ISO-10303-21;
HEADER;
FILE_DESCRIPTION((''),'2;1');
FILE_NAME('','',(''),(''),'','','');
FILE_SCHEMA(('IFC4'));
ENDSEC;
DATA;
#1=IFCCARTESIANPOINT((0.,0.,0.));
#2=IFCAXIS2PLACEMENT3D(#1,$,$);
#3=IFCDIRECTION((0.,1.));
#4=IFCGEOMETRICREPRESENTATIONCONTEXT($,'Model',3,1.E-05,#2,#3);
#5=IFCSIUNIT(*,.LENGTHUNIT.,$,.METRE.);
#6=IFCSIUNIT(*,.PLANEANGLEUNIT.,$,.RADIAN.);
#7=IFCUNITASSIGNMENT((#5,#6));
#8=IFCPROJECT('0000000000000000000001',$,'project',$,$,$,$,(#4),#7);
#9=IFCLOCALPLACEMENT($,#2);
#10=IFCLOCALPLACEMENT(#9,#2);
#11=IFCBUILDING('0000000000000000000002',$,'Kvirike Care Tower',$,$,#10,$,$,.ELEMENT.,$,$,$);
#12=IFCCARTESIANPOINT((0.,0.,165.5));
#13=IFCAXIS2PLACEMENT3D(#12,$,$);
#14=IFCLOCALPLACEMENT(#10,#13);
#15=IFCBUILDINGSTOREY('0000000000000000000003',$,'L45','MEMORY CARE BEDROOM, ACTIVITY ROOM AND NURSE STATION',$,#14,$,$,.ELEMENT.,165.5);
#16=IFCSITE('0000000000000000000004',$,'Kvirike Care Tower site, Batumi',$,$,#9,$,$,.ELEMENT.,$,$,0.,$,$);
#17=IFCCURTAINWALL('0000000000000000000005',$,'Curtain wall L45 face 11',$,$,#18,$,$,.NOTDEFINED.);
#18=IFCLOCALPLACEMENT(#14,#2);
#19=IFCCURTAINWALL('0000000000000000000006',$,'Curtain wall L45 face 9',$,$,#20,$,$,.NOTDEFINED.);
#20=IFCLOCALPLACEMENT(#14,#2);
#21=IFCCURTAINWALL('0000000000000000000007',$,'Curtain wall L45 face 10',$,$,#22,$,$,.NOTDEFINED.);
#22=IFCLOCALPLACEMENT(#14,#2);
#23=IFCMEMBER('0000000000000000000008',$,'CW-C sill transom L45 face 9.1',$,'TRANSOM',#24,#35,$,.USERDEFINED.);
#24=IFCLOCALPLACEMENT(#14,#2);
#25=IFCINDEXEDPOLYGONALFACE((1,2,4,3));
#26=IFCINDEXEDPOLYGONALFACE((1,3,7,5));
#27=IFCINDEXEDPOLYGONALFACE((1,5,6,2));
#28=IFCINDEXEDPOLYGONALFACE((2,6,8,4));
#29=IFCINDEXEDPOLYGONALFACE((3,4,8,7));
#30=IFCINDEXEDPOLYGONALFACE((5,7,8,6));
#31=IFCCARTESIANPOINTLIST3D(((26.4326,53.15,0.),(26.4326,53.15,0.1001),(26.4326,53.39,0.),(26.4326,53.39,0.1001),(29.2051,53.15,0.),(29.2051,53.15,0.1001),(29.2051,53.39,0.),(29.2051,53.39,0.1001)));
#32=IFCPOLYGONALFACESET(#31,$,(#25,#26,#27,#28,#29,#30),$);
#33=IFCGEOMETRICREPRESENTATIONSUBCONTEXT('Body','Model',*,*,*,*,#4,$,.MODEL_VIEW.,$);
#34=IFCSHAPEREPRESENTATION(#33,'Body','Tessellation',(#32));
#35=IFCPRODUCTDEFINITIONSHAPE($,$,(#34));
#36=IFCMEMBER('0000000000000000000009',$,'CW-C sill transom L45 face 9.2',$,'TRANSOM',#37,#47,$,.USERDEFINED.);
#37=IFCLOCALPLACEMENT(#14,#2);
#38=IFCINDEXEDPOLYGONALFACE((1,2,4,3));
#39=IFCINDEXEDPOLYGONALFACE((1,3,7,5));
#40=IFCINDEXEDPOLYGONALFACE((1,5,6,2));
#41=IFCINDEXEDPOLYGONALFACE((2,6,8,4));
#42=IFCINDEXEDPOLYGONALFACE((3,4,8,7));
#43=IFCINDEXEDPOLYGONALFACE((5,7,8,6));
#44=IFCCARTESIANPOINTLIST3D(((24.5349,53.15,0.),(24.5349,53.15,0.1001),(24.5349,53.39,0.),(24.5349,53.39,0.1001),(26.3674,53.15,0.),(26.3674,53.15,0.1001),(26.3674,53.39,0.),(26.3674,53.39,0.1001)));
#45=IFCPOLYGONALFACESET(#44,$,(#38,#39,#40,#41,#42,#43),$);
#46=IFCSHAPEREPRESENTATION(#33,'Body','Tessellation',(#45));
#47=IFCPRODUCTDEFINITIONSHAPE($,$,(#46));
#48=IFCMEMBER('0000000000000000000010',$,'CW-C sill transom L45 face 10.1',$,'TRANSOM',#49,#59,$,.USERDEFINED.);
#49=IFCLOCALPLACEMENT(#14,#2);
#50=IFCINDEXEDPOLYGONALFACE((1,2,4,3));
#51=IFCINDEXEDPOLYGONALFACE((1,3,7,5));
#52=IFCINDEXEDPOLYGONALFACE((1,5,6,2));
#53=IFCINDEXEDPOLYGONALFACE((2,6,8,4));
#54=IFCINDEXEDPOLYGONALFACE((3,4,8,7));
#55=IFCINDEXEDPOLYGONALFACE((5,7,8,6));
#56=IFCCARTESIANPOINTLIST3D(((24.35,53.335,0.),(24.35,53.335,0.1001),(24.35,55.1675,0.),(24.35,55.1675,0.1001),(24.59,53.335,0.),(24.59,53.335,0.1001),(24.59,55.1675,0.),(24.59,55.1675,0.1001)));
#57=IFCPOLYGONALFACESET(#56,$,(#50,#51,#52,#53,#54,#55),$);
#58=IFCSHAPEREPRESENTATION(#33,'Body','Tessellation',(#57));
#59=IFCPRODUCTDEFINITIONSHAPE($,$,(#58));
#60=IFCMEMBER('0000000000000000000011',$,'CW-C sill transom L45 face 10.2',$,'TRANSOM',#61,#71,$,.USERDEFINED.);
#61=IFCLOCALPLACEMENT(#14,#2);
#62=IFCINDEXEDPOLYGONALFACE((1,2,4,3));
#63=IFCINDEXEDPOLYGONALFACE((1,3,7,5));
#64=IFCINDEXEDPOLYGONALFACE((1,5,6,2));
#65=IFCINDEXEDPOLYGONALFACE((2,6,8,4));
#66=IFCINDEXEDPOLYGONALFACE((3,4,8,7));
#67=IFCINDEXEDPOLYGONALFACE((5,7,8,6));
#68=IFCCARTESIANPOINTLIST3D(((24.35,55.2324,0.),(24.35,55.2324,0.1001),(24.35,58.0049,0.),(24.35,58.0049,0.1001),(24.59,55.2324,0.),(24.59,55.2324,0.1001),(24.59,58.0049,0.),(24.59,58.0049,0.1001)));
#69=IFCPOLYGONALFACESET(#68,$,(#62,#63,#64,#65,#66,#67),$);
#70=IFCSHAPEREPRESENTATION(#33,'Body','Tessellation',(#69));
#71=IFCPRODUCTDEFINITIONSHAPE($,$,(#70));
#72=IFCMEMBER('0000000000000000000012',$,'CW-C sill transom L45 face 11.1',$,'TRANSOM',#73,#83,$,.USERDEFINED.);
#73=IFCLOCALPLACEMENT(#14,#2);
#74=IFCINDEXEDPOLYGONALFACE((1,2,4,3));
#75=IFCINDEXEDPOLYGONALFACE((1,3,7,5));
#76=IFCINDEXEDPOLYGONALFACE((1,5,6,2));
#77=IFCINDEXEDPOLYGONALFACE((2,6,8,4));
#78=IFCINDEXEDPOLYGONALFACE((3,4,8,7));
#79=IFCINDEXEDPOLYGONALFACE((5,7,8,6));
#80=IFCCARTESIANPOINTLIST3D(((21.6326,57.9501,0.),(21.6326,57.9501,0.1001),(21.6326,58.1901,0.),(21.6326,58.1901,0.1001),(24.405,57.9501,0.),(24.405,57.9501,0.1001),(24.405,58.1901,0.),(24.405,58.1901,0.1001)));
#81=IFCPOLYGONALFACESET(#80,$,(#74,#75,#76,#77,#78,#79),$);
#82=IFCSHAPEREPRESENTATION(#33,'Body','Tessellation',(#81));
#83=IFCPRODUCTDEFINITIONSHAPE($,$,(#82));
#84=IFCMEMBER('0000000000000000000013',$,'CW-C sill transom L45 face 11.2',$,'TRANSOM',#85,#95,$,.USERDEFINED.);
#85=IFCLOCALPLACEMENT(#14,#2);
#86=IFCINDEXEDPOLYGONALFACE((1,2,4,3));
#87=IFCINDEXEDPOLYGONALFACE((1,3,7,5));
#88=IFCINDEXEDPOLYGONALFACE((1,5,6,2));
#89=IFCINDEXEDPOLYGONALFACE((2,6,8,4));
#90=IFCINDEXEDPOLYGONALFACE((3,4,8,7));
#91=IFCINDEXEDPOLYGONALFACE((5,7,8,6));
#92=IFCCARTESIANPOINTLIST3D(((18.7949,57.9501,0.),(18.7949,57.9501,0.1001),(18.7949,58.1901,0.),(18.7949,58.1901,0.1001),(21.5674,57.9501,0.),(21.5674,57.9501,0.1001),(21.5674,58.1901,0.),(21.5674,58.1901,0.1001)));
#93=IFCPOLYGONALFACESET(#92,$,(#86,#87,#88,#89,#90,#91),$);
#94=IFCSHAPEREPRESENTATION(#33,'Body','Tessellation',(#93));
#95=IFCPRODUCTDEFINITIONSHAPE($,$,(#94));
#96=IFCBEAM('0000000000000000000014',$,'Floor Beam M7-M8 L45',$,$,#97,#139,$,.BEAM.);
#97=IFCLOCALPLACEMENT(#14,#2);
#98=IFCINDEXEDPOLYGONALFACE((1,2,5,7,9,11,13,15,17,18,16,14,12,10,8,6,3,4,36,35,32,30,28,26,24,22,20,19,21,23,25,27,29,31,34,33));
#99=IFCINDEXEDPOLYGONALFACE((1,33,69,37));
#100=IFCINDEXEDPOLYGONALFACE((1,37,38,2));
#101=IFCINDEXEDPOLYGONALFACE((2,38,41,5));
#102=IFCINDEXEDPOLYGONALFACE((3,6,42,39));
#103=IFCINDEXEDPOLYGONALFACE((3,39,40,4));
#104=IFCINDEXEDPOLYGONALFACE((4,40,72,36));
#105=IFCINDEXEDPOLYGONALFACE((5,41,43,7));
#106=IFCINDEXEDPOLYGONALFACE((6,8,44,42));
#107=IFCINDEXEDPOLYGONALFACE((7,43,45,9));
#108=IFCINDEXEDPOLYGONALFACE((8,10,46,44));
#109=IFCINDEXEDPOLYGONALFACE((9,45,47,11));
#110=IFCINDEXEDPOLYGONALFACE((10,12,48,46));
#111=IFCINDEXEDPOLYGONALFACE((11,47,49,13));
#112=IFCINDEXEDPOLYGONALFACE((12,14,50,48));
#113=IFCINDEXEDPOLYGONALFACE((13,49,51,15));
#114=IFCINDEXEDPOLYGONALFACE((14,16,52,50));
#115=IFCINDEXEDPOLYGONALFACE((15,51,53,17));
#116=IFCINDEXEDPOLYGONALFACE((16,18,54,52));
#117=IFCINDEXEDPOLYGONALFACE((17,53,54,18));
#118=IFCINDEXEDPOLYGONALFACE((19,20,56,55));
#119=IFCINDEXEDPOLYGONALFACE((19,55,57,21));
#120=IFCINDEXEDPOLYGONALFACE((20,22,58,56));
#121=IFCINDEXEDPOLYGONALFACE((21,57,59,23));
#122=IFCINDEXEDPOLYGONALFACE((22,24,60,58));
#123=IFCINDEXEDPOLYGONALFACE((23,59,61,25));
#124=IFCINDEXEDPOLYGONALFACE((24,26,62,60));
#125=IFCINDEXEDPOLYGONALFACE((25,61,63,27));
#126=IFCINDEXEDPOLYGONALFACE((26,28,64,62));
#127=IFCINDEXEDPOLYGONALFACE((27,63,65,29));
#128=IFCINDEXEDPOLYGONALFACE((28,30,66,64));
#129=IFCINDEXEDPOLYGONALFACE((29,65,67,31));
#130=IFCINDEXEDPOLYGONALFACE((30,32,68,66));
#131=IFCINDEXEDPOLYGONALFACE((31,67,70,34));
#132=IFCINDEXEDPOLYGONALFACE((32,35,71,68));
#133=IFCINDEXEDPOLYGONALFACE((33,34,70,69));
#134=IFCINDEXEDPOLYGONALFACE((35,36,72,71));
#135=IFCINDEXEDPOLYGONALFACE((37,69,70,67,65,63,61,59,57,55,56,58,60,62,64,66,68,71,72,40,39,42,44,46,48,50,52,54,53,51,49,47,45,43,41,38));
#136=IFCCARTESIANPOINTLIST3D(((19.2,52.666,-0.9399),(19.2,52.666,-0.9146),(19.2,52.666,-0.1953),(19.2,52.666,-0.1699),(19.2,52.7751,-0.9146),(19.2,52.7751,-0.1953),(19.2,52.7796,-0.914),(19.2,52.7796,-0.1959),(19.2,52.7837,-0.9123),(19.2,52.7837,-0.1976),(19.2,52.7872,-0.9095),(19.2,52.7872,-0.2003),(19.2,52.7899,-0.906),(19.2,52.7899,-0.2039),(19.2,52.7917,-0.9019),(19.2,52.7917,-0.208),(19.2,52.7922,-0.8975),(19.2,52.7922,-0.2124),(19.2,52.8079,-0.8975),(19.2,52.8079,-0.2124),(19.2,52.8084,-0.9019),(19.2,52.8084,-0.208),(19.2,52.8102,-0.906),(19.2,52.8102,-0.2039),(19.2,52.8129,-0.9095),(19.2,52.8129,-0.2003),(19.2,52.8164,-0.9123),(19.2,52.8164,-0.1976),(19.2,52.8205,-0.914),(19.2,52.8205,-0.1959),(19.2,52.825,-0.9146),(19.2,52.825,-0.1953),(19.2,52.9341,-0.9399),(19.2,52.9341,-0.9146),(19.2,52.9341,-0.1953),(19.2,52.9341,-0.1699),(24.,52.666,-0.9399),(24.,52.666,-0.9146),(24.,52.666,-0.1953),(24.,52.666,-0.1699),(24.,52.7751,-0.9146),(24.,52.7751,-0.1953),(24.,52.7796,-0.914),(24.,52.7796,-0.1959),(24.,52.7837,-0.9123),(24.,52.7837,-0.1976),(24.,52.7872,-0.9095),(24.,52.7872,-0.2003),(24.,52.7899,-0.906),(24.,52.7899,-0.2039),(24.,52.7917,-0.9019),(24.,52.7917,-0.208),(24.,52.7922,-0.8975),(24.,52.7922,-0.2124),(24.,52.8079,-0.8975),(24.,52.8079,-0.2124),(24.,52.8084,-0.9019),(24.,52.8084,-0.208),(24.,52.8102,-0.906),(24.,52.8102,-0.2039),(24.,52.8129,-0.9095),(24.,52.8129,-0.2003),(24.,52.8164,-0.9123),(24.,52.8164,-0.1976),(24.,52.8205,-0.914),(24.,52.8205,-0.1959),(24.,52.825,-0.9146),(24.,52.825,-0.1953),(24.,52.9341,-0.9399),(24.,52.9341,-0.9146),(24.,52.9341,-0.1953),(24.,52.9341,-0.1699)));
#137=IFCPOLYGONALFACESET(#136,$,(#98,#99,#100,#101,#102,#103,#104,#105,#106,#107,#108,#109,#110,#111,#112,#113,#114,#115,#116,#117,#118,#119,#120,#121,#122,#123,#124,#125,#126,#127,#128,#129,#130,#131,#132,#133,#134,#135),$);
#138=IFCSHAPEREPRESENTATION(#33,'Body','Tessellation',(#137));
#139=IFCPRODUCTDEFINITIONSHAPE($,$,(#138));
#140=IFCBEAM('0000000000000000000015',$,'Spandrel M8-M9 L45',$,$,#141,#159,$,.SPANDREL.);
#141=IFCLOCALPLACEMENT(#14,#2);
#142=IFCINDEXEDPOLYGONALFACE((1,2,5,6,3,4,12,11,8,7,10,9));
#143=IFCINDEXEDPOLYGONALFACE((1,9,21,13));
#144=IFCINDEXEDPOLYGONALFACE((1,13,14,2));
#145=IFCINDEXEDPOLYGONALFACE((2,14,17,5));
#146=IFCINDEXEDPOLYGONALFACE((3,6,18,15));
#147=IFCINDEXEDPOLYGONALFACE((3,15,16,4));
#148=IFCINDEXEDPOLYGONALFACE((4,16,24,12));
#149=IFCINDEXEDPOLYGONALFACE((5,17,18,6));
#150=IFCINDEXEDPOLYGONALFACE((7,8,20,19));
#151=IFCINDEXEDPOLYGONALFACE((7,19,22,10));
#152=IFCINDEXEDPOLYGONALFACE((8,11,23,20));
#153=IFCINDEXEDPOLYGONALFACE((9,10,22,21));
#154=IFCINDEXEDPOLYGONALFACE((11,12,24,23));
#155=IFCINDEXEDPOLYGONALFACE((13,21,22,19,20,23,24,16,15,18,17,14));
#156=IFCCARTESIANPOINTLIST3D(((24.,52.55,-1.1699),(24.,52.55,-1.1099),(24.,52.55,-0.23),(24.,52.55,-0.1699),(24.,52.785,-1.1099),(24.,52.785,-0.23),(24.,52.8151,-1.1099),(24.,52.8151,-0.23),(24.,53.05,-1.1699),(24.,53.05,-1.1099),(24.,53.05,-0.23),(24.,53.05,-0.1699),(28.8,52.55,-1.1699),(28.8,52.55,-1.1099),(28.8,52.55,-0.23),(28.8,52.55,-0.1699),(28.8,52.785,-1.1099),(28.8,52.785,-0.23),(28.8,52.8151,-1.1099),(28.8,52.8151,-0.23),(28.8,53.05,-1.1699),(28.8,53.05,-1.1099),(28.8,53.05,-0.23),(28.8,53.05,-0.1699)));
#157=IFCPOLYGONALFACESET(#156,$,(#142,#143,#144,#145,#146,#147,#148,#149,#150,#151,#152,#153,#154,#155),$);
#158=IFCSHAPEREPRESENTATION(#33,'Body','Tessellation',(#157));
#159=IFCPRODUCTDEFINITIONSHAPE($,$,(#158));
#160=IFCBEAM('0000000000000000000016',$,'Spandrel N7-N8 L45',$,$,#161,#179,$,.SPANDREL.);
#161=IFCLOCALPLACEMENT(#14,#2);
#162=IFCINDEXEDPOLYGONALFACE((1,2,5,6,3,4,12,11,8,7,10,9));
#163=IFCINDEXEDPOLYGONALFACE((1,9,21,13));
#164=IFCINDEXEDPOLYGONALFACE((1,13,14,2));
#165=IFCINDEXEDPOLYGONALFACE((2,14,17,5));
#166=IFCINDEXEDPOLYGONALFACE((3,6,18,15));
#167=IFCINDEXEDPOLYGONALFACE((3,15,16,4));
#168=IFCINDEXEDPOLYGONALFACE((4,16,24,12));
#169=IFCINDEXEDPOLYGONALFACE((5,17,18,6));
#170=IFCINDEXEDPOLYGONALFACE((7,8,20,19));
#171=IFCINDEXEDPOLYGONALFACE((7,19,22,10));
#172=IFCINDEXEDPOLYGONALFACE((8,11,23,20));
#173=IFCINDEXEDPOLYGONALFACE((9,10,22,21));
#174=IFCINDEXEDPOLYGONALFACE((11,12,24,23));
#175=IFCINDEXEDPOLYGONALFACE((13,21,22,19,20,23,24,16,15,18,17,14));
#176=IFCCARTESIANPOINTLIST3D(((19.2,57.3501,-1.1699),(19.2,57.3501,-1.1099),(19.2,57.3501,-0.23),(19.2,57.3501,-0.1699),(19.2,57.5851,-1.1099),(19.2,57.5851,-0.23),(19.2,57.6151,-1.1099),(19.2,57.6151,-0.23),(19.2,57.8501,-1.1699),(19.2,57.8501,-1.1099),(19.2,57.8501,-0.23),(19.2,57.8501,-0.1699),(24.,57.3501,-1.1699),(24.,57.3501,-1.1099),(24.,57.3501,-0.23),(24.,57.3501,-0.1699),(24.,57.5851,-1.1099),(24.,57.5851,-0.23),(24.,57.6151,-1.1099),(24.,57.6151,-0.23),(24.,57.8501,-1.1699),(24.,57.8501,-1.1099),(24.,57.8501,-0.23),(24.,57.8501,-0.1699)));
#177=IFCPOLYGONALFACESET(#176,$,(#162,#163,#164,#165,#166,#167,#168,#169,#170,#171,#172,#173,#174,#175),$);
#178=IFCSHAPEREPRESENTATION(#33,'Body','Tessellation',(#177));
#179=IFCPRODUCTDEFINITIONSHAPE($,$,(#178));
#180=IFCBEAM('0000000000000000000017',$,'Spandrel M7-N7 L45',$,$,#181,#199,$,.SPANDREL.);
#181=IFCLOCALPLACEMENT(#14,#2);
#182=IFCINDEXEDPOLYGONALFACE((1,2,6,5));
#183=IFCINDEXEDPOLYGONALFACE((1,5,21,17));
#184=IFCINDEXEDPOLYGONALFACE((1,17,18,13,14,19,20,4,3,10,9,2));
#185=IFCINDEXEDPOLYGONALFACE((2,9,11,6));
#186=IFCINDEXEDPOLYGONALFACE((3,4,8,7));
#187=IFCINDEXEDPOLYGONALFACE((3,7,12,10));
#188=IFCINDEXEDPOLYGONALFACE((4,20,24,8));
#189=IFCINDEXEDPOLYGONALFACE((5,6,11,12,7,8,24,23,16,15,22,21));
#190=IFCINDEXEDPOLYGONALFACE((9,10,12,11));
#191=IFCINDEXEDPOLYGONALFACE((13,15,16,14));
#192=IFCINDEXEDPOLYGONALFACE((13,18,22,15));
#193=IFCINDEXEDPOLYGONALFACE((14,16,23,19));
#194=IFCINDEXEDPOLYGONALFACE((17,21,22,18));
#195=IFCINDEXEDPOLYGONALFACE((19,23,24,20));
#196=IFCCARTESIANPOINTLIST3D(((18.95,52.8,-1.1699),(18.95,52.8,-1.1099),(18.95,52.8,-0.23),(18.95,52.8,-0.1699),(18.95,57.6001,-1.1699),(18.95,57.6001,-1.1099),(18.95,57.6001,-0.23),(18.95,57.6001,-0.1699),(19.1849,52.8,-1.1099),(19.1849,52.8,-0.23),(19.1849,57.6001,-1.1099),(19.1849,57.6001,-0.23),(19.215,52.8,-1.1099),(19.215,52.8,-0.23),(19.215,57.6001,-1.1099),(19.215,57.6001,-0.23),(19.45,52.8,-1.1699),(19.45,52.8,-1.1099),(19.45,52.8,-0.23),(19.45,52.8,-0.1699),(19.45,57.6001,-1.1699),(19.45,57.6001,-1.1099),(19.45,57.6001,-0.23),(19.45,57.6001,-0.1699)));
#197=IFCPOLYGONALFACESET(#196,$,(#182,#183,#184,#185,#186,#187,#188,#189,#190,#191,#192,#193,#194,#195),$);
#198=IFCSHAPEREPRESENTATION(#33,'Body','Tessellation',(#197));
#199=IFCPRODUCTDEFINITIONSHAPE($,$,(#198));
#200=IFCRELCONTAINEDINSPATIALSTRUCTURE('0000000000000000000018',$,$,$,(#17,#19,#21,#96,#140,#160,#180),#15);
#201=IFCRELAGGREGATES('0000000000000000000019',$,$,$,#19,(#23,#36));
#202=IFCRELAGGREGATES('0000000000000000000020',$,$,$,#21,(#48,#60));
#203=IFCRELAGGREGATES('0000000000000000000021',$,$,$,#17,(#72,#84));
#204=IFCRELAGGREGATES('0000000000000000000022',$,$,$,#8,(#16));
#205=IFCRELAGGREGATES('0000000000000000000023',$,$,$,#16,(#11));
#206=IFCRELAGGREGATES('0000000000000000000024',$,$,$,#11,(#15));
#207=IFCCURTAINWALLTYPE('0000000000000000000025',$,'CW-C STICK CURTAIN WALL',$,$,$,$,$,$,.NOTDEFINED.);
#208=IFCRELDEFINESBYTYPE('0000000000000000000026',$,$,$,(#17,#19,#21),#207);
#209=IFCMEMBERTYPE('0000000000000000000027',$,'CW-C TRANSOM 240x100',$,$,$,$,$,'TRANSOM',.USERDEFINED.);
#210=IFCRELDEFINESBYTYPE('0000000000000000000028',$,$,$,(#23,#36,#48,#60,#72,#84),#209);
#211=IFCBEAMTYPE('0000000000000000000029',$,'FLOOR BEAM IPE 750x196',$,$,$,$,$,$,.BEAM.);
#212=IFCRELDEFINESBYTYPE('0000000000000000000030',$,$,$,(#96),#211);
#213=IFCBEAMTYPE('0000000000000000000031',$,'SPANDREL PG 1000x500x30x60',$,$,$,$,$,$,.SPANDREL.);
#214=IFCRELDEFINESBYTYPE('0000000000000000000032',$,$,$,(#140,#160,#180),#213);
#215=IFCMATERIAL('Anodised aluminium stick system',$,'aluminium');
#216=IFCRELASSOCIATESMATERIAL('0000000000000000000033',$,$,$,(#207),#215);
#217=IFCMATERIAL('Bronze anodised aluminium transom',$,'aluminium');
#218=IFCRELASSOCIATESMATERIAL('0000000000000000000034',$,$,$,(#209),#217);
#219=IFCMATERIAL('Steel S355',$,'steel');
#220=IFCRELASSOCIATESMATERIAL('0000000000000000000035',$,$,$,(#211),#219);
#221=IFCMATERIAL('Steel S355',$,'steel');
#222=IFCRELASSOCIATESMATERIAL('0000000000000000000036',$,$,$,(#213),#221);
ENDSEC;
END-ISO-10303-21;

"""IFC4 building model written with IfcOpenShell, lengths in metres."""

from ifc_helpers import new_model, si_unit, direction, frame, origin, origin_2d, place, context, subcontext, project, spatial, rectangle, i_section, extrude, material, material_profile, profile_set, type_object, element, aggregate, save


model = new_model("IFC4")

# Units and contexts
model_context = context("Model", 3, precision=1e-05, world=origin(), true_north=direction((0.0, 1.0)))
body_context = subcontext(model_context, "Body", "Model", "MODEL_VIEW")
ifc_project = project(units=[si_unit("LENGTHUNIT", "METRE"), si_unit("PLANEANGLEUNIT", "RADIAN")], contexts=[model_context])

# Site, building, storey
site_placement = place(None, origin())
site = spatial("IfcSite", under=ifc_project, at=site_placement, Name="Kvirike Care Tower site, Batumi", CompositionType="ELEMENT", RefElevation=0.0)
building_placement = place(site_placement, origin())
building = spatial("IfcBuilding", under=site, at=building_placement, Name="Kvirike Care Tower", CompositionType="ELEMENT")
storey_placement = place(building_placement, frame((0.0, 0.0, 165.5)))
storey = spatial("IfcBuildingStorey", under=building, at=storey_placement, Name="L45", Description="MEMORY CARE BEDROOM, ACTIVITY ROOM AND NURSE STATION", CompositionType="ELEMENT", Elevation=165.5)

# Curtain wall
ifc_material_1 = material(Name="Anodised aluminium stick system", Category="aluminium")
curtain_wall_type = type_object("IfcCurtainWallType", Name="CW-C STICK CURTAIN WALL", PredefinedType="NOTDEFINED", material=ifc_material_1)
curtain_wall_1_placement = place(storey_placement, origin())
curtain_wall_1 = element("IfcCurtainWall", 1, at=curtain_wall_1_placement, inside=storey, type_object=curtain_wall_type, Name="Curtain wall L45 face 11", PredefinedType="NOTDEFINED")

# Curtain walls
curtain_wall_2_placement = place(storey_placement, origin())
curtain_wall_2 = element("IfcCurtainWall", 2, at=curtain_wall_2_placement, inside=storey, type_object=curtain_wall_type, Name="Curtain wall L45 face 9", PredefinedType="NOTDEFINED")
curtain_wall_3_placement = place(storey_placement, origin())
curtain_wall_3 = element("IfcCurtainWall", 3, at=curtain_wall_3_placement, inside=storey, type_object=curtain_wall_type, Name="Curtain wall L45 face 10", PredefinedType="NOTDEFINED")

# Members
ifc_material_2 = material(Name="Bronze anodised aluminium transom", Category="aluminium")
ifc_material_profile_1 = material_profile(ifc_material_2, rectangle(XDim=0.24, YDim=0.1001, at=origin_2d()), Name="CW-C TRANSOM 240x100")
ifc_profile_set_1 = profile_set([ifc_material_profile_1], Name="Bronze anodised aluminium transom")
member_type_1 = type_object("IfcMemberType", Name="CW-C TRANSOM 240x100", ElementType="TRANSOM", PredefinedType="USERDEFINED", material=ifc_profile_set_1)
member_1_placement = place(storey_placement, frame((29.2051, 53.27, 0.05), z_axis=(-1.0, 0.0, 0.0), x_axis=(0.0, -1.0, 0.0)))
member_1 = element("IfcMember", 4, at=member_1_placement, type_object=member_type_1, Name="CW-C sill transom L45 face 9.1", ObjectType="TRANSOM", PredefinedType="USERDEFINED", context=body_context, shape_type="SweptSolid", body=[
    extrude(rectangle(XDim=0.24, YDim=0.1001, at=origin_2d()), origin(), (0.0, 0.0, 1.0), 2.7725),
])
member_2_placement = place(storey_placement, frame((26.3674, 53.27, 0.05), z_axis=(-1.0, 0.0, 0.0), x_axis=(0.0, -1.0, 0.0)))
member_2 = element("IfcMember", 5, at=member_2_placement, type_object=member_type_1, Name="CW-C sill transom L45 face 9.2", ObjectType="TRANSOM", PredefinedType="USERDEFINED", context=body_context, shape_type="SweptSolid", body=[
    extrude(rectangle(XDim=0.24, YDim=0.1001, at=origin_2d()), origin(), (0.0, 0.0, 1.0), 1.8325),
])
member_3_placement = place(storey_placement, frame((24.47, 53.335, 0.05), z_axis=(0.0, 1.0, 0.0), x_axis=(-1.0, 0.0, 0.0)))
member_3 = element("IfcMember", 6, at=member_3_placement, type_object=member_type_1, Name="CW-C sill transom L45 face 10.1", ObjectType="TRANSOM", PredefinedType="USERDEFINED", context=body_context, shape_type="SweptSolid", body=[
    extrude(rectangle(XDim=0.24, YDim=0.1001, at=origin_2d()), origin(), (0.0, 0.0, 1.0), 1.8325),
])
member_4_placement = place(storey_placement, frame((24.47, 55.2324, 0.05), z_axis=(0.0, 1.0, 0.0), x_axis=(-1.0, 0.0, 0.0)))
member_4 = element("IfcMember", 7, at=member_4_placement, type_object=member_type_1, Name="CW-C sill transom L45 face 10.2", ObjectType="TRANSOM", PredefinedType="USERDEFINED", context=body_context, shape_type="SweptSolid", body=[
    extrude(rectangle(XDim=0.24, YDim=0.1001, at=origin_2d()), origin(), (0.0, 0.0, 1.0), 2.7725),
])
member_5_placement = place(storey_placement, frame((24.405, 58.0701, 0.05), z_axis=(-1.0, 0.0, 0.0), x_axis=(0.0, -1.0, 0.0)))
member_5 = element("IfcMember", 8, at=member_5_placement, type_object=member_type_1, Name="CW-C sill transom L45 face 11.1", ObjectType="TRANSOM", PredefinedType="USERDEFINED", context=body_context, shape_type="SweptSolid", body=[
    extrude(rectangle(XDim=0.24, YDim=0.1001, at=origin_2d()), origin(), (0.0, 0.0, 1.0), 2.7725),
])
member_6_placement = place(storey_placement, frame((21.5674, 58.0701, 0.05), z_axis=(-1.0, 0.0, 0.0), x_axis=(0.0, -1.0, 0.0)))
member_6 = element("IfcMember", 9, at=member_6_placement, type_object=member_type_1, Name="CW-C sill transom L45 face 11.2", ObjectType="TRANSOM", PredefinedType="USERDEFINED", context=body_context, shape_type="SweptSolid", body=[
    extrude(rectangle(XDim=0.24, YDim=0.1001, at=origin_2d()), origin(), (0.0, 0.0, 1.0), 2.7725),
])

# Beams
ifc_material_3 = material(Name="Steel S355", Category="steel")
ifc_material_profile_2 = material_profile(ifc_material_3, i_section(OverallWidth=0.2681, OverallDepth=0.77, WebThickness=0.0156, FlangeThickness=0.0254, FilletRadius=0.0171, at=origin_2d()), Name="IPE 750x196")
ifc_profile_set_2 = profile_set([ifc_material_profile_2], Name="Steel S355")
beam_type_1 = type_object("IfcBeamType", Name="FLOOR BEAM IPE 750x196", PredefinedType="BEAM", material=ifc_profile_set_2)
beam_placement = place(storey_placement, frame((19.2, 52.8, -0.5549), z_axis=(1.0, 0.0, 0.0), x_axis=(0.0, 1.0, 0.0)))
element("IfcBeam", 10, at=beam_placement, inside=storey, type_object=beam_type_1, Name="Floor Beam M7-M8 L45", PredefinedType="BEAM", context=body_context, shape_type="SweptSolid", body=[
    extrude(i_section(OverallWidth=0.2681, OverallDepth=0.77, WebThickness=0.0156, FlangeThickness=0.0254, FilletRadius=0.0171, at=origin_2d()), origin(), (0.0, 0.0, 1.0), 4.8),
])
ifc_material_4 = material(Name="Steel S355", Category="steel")
ifc_material_profile_3 = material_profile(ifc_material_4, i_section(OverallWidth=0.5, OverallDepth=1.0, WebThickness=0.03, FlangeThickness=0.0601, at=origin_2d()), Name="PG 1000x500x30x60")
ifc_profile_set_3 = profile_set([ifc_material_profile_3], Name="Steel S355")
beam_type_2 = type_object("IfcBeamType", Name="SPANDREL PG 1000x500x30x60", PredefinedType="SPANDREL", material=ifc_profile_set_3)
for number, where, z_axis, x_axis, name in (
    (11, (24.0, 52.8, -0.6699), (1.0, 0.0, 0.0), (0.0, 1.0, 0.0), "Spandrel M8-M9 L45"),
    (12, (19.2, 57.6001, -0.6699), (1.0, 0.0, 0.0), (0.0, 1.0, 0.0), "Spandrel N7-N8 L45"),
    (13, (19.2, 52.8, -0.6699), (0.0, 1.0, 0.0), (-1.0, 0.0, 0.0), "Spandrel M7-N7 L45"),
):
    element("IfcBeam", number, at=place(storey_placement, frame(where, z_axis=z_axis, x_axis=x_axis)), inside=storey, type_object=beam_type_2, Name=name, PredefinedType="SPANDREL", context=body_context, shape_type="SweptSolid", body=[
        extrude(i_section(OverallWidth=0.5, OverallDepth=1.0, WebThickness=0.03, FlangeThickness=0.0601, at=origin_2d()), origin(), (0.0, 0.0, 1.0), 4.8),
    ])

aggregate(curtain_wall_2, [member_1, member_2])
aggregate(curtain_wall_3, [member_3, member_4])
aggregate(curtain_wall_1, [member_5, member_6])

save(model, "model.ifc")
